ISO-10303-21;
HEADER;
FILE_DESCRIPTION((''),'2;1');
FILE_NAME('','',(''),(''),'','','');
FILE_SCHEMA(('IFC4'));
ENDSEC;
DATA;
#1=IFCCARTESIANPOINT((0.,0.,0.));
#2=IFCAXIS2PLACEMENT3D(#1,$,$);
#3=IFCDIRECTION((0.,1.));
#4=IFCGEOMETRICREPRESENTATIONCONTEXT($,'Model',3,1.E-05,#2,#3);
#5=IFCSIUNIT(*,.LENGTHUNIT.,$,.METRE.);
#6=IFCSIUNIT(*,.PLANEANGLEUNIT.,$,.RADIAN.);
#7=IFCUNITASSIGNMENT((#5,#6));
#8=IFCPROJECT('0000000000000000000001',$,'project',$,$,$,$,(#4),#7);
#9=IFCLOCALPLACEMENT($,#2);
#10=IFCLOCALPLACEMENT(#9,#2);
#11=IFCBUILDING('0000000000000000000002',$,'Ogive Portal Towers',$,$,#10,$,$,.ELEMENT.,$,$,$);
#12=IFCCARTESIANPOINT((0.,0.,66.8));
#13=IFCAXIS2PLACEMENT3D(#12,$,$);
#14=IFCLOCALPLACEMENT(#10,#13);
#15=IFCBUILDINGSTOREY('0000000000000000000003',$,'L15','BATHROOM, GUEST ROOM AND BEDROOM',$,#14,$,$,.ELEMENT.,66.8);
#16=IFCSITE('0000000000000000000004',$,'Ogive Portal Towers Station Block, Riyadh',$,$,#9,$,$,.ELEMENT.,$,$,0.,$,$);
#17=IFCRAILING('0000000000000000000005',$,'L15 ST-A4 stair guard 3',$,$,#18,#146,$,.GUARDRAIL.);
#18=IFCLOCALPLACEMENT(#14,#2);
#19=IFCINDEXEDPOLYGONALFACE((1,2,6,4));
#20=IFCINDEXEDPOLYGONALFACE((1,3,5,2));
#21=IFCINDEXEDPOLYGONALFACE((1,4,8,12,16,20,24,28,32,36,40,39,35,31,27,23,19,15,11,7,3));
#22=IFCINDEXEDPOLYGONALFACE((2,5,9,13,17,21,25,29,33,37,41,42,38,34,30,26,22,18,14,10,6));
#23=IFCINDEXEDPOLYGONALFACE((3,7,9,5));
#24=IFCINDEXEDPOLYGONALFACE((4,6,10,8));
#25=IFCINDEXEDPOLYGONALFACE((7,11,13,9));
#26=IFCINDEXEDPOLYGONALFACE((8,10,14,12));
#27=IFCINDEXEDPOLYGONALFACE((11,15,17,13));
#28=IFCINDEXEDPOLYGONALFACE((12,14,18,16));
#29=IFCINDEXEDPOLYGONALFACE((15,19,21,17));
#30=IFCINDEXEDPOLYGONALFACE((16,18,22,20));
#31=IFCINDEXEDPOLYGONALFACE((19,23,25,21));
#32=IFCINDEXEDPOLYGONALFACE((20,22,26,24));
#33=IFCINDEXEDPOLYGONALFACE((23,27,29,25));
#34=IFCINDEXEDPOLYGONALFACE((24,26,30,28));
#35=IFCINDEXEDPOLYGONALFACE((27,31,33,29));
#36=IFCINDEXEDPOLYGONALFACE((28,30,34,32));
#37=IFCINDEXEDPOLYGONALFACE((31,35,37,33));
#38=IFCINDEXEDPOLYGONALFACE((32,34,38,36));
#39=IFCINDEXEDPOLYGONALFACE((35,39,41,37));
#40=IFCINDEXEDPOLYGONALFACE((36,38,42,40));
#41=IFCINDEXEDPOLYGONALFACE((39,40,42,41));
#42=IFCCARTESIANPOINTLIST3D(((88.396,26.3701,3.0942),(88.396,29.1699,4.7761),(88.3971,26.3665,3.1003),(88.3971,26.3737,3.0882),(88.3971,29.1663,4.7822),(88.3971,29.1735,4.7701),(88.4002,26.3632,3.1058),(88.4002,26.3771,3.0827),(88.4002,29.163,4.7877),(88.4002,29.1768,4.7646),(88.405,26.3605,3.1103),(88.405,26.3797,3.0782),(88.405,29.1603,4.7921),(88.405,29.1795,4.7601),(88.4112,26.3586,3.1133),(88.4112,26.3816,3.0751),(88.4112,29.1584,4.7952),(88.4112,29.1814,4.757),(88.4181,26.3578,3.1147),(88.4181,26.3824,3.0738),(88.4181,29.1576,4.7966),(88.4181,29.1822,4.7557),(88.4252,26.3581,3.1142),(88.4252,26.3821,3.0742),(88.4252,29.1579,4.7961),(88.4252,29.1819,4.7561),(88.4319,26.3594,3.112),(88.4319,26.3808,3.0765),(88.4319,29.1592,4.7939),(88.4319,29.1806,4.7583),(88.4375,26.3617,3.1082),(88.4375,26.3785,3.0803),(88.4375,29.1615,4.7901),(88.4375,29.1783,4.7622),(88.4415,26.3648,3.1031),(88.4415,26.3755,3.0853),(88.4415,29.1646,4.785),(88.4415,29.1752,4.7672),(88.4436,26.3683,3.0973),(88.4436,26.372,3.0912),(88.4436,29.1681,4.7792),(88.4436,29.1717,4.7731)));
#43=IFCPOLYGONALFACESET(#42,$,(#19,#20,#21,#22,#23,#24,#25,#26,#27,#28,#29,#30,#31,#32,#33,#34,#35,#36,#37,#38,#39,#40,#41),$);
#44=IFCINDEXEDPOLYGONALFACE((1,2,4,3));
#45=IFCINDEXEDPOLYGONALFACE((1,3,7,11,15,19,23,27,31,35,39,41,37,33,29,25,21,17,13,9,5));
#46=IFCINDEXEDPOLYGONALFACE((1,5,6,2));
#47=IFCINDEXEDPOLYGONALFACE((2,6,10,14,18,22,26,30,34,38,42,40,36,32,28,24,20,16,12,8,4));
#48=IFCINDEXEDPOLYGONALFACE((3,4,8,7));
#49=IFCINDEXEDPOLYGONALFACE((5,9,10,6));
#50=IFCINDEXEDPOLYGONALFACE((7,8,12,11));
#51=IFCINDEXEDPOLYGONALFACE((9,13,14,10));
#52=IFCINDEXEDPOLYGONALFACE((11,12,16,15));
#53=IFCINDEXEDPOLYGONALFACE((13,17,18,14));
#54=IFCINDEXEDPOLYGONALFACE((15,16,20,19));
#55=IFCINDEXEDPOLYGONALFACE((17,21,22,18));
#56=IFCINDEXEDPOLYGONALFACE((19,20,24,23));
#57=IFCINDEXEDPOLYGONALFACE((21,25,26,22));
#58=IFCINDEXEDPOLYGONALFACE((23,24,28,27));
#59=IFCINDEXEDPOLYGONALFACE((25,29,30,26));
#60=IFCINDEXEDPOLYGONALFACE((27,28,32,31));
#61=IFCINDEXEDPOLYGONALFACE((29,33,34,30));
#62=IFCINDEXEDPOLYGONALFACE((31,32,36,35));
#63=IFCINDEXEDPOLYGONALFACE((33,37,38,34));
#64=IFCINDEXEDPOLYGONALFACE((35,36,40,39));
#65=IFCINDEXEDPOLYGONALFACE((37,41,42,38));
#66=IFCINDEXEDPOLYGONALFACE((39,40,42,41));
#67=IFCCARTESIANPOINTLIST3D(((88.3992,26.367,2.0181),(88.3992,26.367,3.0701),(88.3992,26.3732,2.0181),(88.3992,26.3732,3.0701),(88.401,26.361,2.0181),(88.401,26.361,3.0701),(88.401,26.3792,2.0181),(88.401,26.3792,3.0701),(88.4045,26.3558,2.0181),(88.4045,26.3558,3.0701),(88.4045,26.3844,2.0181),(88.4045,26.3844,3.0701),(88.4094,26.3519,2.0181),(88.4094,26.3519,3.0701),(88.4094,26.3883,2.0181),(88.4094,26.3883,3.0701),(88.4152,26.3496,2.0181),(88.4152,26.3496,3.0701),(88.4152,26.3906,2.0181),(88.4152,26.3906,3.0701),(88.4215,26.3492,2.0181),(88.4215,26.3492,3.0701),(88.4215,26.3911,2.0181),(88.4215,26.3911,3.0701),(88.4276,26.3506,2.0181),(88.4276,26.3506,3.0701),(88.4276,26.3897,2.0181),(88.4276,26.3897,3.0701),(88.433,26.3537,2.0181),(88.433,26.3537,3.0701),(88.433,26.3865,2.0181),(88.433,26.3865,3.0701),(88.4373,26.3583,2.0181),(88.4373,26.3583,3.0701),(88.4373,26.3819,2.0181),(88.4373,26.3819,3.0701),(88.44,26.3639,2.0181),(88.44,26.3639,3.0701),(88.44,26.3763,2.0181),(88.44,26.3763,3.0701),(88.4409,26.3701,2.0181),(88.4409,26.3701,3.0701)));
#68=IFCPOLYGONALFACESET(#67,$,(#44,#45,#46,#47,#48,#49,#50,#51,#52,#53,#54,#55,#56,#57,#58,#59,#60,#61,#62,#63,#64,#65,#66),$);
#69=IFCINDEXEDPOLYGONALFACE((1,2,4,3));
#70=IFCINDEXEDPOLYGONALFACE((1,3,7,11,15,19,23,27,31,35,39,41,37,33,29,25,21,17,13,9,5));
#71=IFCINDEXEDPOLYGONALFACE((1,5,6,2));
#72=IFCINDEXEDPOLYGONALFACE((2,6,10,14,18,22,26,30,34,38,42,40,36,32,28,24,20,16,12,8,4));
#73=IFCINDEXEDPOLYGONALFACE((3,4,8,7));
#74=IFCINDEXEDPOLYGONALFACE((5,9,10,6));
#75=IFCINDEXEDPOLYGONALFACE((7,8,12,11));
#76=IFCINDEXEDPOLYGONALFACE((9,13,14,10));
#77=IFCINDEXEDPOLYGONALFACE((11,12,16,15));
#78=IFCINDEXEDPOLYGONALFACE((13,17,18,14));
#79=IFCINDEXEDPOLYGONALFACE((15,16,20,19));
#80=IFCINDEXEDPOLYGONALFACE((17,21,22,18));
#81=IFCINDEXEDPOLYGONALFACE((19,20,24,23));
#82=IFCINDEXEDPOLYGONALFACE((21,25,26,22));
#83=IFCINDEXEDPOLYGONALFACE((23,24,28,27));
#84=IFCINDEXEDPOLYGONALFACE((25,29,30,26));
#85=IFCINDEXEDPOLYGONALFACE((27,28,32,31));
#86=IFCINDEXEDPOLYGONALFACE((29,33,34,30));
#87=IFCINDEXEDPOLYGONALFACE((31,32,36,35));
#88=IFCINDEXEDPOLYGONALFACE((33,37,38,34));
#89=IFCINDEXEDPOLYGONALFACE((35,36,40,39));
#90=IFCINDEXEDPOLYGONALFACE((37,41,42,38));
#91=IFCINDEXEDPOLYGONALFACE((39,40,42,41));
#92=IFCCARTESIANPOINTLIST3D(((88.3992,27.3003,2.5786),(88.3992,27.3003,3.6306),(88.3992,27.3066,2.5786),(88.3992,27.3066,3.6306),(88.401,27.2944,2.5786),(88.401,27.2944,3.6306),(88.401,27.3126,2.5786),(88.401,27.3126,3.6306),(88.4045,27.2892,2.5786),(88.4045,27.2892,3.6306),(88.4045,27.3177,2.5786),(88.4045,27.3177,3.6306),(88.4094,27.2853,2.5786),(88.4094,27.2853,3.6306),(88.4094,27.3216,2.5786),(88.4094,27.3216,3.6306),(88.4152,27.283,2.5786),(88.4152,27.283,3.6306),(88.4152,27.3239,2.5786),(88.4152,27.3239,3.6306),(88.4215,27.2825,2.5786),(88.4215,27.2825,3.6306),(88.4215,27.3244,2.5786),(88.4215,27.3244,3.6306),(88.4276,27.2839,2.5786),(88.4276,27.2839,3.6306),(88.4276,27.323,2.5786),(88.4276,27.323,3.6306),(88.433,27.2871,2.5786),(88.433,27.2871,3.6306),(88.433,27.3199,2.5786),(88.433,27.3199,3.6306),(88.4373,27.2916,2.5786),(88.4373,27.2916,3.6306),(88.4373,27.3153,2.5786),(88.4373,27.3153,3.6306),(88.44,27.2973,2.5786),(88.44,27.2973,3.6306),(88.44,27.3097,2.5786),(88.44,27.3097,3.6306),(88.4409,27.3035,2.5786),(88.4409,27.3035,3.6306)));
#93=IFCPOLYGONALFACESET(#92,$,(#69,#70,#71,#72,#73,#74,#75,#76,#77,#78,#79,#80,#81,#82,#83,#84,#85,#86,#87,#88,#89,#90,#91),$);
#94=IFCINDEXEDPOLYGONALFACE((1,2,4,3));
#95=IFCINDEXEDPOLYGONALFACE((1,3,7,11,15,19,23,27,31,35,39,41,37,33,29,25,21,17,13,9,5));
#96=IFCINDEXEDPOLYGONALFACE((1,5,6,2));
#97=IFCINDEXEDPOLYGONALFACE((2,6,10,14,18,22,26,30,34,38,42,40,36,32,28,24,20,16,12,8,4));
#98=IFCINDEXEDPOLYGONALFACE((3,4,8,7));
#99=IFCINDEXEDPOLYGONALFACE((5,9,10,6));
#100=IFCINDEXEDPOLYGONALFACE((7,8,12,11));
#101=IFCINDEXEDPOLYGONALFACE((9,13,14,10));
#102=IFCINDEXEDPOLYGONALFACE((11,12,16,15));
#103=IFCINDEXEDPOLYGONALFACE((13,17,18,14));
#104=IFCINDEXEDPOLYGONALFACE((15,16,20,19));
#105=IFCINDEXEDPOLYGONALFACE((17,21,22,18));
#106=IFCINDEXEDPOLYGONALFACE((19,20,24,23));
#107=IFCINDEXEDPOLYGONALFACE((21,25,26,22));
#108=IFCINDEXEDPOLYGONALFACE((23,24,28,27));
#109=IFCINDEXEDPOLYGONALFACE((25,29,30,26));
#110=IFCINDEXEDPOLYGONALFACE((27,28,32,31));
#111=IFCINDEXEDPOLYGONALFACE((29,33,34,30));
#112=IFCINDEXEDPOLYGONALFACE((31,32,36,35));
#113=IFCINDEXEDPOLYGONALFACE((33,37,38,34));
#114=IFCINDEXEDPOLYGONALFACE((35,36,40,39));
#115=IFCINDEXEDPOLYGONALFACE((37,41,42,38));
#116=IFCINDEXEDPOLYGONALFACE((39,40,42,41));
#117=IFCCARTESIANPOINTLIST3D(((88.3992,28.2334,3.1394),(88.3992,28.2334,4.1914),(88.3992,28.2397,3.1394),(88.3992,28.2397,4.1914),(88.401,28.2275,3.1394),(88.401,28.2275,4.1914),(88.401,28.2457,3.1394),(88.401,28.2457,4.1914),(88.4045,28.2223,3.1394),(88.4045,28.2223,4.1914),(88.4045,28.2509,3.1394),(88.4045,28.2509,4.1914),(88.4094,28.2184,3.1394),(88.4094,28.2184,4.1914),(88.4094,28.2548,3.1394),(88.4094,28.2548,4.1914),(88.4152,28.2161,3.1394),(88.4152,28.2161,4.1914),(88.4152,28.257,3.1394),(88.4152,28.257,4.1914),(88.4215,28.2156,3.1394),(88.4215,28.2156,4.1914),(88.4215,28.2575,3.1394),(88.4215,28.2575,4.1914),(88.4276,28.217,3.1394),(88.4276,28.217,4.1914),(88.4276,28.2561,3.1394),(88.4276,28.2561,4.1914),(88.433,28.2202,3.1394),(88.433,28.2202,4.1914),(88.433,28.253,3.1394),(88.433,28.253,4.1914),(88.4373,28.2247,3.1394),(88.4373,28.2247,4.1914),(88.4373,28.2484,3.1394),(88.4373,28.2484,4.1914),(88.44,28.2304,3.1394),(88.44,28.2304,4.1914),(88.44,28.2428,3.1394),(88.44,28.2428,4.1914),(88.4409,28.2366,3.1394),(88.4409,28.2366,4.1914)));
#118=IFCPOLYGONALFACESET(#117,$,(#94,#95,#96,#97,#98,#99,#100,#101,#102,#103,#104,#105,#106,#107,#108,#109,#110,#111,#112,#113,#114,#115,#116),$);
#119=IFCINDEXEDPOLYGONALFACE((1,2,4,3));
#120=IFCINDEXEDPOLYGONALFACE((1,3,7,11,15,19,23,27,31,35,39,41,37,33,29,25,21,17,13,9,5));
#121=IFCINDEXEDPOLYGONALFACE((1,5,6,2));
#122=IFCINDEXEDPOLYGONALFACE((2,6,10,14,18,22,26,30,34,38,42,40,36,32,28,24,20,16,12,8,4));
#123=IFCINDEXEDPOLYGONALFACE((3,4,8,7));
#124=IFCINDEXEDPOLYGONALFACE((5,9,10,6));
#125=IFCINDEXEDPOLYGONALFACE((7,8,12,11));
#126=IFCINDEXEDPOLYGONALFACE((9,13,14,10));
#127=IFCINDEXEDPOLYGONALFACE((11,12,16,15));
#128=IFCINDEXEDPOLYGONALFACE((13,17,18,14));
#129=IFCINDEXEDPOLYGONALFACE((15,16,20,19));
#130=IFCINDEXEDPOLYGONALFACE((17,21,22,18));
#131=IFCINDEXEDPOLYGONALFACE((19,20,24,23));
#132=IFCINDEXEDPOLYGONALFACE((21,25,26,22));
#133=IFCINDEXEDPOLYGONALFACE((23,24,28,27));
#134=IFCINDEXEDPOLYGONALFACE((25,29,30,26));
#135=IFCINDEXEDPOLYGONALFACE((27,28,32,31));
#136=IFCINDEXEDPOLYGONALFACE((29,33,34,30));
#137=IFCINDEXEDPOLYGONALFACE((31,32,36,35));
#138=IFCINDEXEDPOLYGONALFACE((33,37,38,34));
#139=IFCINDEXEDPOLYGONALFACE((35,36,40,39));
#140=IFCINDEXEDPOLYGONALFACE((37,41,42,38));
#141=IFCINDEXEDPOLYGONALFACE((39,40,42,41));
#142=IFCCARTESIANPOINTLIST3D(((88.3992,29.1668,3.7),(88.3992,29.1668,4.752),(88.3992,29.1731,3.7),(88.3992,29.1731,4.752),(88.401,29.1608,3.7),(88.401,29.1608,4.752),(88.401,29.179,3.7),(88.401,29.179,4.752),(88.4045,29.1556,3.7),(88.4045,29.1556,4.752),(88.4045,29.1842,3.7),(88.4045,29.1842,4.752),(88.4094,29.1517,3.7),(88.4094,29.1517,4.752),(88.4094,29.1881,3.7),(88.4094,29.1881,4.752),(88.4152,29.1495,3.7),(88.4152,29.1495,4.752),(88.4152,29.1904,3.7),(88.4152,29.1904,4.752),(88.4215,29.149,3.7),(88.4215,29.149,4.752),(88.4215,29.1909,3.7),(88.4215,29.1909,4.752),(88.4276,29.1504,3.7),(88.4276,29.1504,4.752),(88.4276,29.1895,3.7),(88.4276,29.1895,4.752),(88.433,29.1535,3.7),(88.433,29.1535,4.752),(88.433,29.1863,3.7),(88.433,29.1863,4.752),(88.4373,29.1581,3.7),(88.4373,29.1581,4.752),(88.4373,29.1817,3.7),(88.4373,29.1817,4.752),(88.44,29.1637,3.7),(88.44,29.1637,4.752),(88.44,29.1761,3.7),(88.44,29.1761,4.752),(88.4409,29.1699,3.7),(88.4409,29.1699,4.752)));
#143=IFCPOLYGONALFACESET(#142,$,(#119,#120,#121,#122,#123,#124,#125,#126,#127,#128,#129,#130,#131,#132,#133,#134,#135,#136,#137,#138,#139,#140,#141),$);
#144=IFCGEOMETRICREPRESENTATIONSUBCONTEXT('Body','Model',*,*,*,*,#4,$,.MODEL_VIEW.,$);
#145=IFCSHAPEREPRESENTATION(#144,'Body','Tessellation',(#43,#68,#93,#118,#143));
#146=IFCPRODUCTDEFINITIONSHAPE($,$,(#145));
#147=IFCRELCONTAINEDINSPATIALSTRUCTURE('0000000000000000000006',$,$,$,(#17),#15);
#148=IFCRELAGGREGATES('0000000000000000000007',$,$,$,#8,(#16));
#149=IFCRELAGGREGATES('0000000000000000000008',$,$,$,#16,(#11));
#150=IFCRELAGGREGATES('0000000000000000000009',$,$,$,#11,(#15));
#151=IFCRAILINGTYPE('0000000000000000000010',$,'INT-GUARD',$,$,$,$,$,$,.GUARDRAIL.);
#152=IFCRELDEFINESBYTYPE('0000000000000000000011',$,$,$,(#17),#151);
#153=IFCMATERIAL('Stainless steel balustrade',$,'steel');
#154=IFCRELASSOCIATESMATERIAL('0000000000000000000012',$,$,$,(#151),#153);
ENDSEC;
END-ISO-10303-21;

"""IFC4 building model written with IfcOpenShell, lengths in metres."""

from ifc_helpers import new_model, si_unit, direction, frame, origin, origin_2d, place, context, subcontext, project, spatial, circle, extrude, material, type_object, element, save


model = new_model("IFC4")

# Units and contexts
model_context = context("Model", 3, precision=1e-05, world=origin(), true_north=direction((0.0, 1.0)))
body_context = subcontext(model_context, "Body", "Model", "MODEL_VIEW")
ifc_project = project(units=[si_unit("LENGTHUNIT", "METRE"), si_unit("PLANEANGLEUNIT", "RADIAN")], contexts=[model_context])

# Site, building, storey
site_placement = place(None, origin())
site = spatial("IfcSite", under=ifc_project, at=site_placement, Name="Ogive Portal Towers Station Block, Riyadh", CompositionType="ELEMENT", RefElevation=0.0)
building_placement = place(site_placement, origin())
building = spatial("IfcBuilding", under=site, at=building_placement, Name="Ogive Portal Towers", CompositionType="ELEMENT")
storey_placement = place(building_placement, frame((0.0, 0.0, 66.8)))
storey = spatial("IfcBuildingStorey", under=building, at=storey_placement, Name="L15", Description="BATHROOM, GUEST ROOM AND BEDROOM", CompositionType="ELEMENT", Elevation=66.8)

# Railing
ifc_material_1 = material(Name="Stainless steel balustrade", Category="steel")
railing_type_1 = type_object("IfcRailingType", Name="INT-GUARD", PredefinedType="GUARDRAIL", material=ifc_material_1)
railing_1_placement = place(storey_placement, frame((88.4199, 26.3701, 2.0181)))
element("IfcRailing", 1, at=railing_1_placement, inside=storey, type_object=railing_type_1, Name="L15 ST-A4 stair guard 3", PredefinedType="GUARDRAIL", context=body_context, shape_type="SweptSolid", body=[
    extrude(circle(Radius=0.0239, at=origin_2d()), frame((0.0, 0.0, 1.0762), z_axis=(0.0, 0.857222, 0.514946), x_axis=(-1.0, 0.0, 0.0)), (0.0, 0.0, 1.0), 3.2661),
    extrude(circle(Radius=0.021, at=origin_2d()), origin(), (0.0, 0.0, 1.0), 1.052),
    extrude(circle(Radius=0.021, at=origin_2d()), frame((0.0, 0.9333, 0.5605)), (0.0, 0.0, 1.0), 1.052),
    extrude(circle(Radius=0.021, at=origin_2d()), frame((0.0, 1.8665, 1.1213)), (0.0, 0.0, 1.0), 1.052),
    extrude(circle(Radius=0.021, at=origin_2d()), frame((0.0, 2.7998, 1.6819)), (0.0, 0.0, 1.0), 1.052),
])

save(model, "model.ifc")
